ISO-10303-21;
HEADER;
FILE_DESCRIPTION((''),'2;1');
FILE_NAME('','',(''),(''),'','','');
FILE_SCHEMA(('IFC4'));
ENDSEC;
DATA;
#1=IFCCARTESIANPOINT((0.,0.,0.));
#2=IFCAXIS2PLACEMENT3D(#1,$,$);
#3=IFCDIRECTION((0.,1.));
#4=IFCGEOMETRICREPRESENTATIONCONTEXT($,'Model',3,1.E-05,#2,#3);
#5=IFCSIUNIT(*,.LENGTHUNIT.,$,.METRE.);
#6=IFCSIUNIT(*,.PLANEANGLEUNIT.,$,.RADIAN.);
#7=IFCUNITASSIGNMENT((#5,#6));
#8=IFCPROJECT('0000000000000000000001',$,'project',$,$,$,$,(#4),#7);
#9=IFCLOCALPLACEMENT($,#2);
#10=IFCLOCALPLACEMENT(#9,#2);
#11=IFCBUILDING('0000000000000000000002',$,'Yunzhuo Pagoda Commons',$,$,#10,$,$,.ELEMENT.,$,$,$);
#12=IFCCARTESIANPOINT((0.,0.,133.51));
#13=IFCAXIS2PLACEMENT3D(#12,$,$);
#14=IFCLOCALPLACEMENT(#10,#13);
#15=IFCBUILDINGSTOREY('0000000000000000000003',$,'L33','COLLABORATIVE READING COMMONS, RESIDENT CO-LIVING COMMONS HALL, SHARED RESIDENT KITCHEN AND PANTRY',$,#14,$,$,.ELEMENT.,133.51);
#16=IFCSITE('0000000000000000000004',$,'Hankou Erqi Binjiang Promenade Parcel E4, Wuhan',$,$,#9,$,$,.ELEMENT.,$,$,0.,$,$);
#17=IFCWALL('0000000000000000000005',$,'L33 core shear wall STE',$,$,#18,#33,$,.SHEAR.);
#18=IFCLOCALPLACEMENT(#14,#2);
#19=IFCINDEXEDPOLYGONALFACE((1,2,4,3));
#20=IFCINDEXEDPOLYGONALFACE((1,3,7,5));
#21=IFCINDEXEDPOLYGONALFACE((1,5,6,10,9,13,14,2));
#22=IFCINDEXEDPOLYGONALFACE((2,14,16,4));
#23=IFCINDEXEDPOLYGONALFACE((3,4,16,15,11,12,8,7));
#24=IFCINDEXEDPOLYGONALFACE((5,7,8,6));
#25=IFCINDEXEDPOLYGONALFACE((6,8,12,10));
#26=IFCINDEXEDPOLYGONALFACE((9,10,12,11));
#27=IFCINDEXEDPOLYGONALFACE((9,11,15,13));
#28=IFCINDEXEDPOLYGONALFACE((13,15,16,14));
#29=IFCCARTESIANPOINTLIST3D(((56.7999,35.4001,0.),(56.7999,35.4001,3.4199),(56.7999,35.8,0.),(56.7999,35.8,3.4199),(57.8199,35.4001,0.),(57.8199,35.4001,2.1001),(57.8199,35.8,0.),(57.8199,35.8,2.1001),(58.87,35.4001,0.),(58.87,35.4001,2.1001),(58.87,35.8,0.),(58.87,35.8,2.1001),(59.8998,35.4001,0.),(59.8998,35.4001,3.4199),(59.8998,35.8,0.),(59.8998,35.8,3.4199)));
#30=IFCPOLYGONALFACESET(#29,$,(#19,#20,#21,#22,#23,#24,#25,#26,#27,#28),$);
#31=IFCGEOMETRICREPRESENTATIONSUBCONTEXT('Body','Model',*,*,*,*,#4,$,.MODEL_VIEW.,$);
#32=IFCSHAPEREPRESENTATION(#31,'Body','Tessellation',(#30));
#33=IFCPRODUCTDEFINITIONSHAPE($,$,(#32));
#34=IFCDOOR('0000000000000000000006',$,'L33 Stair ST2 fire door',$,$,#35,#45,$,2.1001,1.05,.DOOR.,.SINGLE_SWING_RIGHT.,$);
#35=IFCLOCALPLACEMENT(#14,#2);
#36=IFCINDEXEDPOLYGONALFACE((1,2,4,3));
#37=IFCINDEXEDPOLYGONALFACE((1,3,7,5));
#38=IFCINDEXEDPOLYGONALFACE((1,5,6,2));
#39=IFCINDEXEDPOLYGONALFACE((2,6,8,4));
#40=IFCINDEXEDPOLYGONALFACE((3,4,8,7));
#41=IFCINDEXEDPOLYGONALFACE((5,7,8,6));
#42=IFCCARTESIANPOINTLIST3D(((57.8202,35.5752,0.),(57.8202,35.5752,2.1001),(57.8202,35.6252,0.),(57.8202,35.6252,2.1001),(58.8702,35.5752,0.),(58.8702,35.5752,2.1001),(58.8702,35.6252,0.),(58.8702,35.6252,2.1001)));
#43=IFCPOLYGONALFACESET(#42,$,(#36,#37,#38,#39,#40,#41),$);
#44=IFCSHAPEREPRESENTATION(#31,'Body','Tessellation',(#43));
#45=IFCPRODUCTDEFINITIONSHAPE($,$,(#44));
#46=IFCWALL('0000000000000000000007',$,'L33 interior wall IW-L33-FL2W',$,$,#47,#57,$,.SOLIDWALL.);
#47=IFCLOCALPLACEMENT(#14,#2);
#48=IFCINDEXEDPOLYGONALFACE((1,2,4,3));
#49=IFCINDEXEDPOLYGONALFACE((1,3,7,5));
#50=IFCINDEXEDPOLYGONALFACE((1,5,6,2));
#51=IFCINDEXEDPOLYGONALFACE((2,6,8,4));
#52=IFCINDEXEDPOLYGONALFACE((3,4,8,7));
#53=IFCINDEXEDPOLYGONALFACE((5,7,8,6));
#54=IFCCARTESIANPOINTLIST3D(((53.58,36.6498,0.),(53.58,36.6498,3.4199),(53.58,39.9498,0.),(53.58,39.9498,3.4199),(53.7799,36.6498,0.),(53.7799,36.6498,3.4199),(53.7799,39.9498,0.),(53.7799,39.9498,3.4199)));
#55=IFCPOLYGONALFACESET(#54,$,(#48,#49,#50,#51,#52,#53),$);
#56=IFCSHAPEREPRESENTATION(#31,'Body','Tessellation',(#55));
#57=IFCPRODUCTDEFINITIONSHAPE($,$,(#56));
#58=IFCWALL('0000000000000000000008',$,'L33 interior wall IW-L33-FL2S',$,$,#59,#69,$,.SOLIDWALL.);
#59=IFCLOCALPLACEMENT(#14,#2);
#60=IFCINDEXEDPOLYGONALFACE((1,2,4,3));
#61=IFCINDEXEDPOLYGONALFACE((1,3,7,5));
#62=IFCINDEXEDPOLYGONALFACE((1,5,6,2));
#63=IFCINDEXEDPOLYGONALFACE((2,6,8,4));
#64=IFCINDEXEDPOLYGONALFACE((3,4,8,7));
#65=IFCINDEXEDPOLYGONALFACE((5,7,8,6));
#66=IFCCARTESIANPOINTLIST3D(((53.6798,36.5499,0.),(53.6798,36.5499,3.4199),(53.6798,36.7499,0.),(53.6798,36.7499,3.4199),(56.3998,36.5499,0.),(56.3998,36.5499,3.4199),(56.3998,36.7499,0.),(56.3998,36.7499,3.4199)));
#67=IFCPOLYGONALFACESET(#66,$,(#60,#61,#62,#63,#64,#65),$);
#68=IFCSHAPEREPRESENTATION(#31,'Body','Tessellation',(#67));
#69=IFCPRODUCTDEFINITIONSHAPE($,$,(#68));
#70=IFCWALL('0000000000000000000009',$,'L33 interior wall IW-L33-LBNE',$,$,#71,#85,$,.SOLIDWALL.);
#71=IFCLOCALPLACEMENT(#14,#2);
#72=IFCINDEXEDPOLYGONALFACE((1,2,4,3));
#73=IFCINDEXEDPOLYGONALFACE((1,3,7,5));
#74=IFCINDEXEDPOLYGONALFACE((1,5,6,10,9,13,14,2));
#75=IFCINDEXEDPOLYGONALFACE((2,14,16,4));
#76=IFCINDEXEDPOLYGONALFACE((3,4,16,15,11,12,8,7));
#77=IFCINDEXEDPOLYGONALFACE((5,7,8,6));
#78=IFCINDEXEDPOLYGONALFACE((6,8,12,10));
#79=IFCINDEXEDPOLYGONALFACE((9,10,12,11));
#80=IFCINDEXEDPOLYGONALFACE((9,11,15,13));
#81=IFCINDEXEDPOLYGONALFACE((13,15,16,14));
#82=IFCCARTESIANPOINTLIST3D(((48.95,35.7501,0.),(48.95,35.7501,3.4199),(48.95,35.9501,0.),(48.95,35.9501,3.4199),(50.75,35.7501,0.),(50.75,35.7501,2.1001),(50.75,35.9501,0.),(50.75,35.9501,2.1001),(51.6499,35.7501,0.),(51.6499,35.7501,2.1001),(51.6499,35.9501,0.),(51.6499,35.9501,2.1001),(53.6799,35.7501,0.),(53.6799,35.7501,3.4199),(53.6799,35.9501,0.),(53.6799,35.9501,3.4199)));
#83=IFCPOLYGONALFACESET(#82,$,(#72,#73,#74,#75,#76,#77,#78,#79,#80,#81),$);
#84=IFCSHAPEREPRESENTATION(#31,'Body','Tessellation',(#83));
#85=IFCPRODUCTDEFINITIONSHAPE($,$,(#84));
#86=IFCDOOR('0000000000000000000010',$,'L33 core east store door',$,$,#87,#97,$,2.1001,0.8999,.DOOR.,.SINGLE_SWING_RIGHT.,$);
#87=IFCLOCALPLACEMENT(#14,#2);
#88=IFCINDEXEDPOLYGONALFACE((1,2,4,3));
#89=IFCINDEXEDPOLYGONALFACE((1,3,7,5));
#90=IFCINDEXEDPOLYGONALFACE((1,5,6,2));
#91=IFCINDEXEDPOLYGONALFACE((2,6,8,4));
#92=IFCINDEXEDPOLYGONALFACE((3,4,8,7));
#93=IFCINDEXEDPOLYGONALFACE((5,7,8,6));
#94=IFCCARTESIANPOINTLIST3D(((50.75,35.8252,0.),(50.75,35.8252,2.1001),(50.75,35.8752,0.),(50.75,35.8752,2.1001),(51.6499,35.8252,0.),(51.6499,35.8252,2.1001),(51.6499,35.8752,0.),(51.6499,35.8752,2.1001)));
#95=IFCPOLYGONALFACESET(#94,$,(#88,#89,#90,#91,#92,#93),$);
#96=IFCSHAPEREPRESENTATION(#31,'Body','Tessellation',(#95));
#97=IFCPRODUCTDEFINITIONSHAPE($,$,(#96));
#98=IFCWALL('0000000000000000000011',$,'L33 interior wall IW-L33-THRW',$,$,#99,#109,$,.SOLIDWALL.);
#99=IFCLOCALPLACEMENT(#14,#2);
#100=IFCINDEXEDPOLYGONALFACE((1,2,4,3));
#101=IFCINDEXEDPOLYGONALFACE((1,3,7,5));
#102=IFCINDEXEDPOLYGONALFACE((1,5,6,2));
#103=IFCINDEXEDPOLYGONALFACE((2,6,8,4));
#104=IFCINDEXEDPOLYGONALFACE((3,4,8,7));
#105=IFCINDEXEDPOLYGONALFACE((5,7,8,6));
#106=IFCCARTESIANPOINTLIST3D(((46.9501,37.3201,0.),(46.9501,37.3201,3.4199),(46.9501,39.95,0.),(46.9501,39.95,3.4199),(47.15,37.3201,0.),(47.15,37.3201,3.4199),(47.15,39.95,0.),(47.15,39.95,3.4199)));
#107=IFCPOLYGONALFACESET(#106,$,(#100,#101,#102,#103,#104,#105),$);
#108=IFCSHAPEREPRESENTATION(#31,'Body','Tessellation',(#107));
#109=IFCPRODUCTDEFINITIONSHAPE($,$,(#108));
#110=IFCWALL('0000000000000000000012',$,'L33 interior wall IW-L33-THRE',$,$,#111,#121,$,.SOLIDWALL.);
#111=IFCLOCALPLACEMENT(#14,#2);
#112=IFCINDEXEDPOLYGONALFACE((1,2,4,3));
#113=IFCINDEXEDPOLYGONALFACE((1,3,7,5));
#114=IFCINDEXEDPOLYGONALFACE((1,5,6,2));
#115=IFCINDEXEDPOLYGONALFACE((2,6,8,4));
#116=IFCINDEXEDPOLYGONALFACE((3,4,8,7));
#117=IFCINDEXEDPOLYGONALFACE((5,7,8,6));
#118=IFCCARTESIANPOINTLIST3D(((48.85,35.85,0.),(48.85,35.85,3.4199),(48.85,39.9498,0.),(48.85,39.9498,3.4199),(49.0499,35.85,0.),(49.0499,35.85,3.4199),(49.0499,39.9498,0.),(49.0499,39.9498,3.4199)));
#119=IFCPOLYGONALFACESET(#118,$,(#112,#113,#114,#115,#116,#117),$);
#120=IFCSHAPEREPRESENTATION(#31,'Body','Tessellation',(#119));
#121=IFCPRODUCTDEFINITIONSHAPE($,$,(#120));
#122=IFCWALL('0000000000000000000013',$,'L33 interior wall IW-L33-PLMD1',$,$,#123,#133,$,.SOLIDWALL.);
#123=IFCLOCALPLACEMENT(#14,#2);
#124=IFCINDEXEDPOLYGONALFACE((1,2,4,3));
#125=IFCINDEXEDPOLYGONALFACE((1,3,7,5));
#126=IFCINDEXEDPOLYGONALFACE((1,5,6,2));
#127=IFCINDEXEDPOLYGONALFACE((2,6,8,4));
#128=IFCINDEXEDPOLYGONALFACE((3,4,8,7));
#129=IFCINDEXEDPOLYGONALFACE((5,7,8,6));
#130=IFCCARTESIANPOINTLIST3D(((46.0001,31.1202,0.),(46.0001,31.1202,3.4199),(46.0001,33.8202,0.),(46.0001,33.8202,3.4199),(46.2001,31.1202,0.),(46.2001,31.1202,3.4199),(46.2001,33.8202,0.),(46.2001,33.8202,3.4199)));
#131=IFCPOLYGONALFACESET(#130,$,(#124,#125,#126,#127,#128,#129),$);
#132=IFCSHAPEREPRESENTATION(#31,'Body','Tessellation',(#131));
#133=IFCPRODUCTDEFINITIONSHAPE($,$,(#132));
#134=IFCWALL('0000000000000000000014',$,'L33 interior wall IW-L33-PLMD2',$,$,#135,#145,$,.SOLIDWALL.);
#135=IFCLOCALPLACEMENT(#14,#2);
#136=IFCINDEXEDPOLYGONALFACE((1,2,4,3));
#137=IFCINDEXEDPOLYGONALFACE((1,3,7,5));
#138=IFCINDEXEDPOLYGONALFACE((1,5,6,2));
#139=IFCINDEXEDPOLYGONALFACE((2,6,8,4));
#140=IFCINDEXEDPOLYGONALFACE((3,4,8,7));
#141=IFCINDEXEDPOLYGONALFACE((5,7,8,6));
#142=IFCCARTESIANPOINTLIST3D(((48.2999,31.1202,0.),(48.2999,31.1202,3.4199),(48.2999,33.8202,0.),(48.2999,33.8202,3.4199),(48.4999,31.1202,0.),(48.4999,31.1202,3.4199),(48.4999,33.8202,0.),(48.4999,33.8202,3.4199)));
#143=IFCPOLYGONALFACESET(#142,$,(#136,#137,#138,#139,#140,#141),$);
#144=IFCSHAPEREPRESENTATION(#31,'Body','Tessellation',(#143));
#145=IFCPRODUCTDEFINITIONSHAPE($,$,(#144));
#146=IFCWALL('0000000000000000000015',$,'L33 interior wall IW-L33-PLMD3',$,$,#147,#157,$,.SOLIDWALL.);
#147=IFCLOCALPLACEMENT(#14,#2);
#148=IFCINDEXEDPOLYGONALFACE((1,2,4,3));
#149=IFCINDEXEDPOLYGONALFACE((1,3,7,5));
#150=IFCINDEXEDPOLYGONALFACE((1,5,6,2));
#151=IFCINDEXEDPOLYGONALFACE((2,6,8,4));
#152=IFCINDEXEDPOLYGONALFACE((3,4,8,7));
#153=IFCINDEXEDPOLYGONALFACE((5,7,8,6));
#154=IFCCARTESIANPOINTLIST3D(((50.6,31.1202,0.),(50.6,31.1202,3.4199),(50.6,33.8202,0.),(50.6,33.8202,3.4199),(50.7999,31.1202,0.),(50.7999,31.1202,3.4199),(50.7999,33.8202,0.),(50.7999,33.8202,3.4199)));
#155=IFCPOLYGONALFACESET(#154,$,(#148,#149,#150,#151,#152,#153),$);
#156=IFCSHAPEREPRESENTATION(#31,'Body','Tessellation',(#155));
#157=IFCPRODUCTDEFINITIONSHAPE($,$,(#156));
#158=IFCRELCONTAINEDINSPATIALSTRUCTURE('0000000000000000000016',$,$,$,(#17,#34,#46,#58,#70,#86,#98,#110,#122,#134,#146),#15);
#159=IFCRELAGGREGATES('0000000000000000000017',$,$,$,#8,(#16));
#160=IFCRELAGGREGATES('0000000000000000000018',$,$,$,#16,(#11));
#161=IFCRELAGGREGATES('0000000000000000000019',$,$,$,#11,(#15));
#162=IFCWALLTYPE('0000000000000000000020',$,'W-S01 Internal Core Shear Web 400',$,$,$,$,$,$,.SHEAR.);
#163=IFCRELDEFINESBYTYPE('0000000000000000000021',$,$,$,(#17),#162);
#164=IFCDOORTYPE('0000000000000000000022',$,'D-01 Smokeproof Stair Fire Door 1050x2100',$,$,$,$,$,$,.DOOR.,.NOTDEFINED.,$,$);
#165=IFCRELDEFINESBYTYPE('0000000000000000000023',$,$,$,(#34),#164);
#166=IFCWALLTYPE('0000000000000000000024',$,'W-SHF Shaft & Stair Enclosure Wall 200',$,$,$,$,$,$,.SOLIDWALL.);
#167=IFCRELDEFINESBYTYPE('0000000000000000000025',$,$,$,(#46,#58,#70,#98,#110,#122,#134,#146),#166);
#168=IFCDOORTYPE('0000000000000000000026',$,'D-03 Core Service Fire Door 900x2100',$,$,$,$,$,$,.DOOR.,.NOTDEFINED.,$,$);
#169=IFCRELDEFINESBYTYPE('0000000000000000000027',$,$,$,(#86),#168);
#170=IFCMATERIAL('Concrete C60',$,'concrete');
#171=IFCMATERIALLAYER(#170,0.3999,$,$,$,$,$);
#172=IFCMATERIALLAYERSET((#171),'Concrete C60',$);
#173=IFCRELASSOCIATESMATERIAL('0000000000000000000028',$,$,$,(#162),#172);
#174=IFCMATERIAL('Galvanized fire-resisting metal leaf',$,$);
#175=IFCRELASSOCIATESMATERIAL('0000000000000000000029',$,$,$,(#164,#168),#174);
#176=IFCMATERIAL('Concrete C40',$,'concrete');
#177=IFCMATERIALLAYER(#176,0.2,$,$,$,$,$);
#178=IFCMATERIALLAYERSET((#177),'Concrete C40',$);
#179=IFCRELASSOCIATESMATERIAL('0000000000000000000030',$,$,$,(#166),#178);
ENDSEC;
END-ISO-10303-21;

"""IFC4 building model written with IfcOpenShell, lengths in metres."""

from ifc_helpers import new_model, si_unit, direction, frame, frame_2d, origin, place, context, subcontext, project, spatial, rectangle, extrude, source, transform, mapped, material, layer, layer_set, type_object, element, fill, save


model = new_model("IFC4")

# Units and contexts
model_context = context("Model", 3, precision=1e-05, world=origin(), true_north=direction((0.0, 1.0)))
body_context = subcontext(model_context, "Body", "Model", "MODEL_VIEW")
ifc_project = project(units=[si_unit("LENGTHUNIT", "METRE"), si_unit("PLANEANGLEUNIT", "RADIAN")], contexts=[model_context])

# Site, building, storey
site_placement = place(None, origin())
site = spatial("IfcSite", under=ifc_project, at=site_placement, Name="Hankou Erqi Binjiang Promenade Parcel E4, Wuhan", CompositionType="ELEMENT", RefElevation=0.0)
building_placement = place(site_placement, origin())
building = spatial("IfcBuilding", under=site, at=building_placement, Name="Yunzhuo Pagoda Commons", CompositionType="ELEMENT")
storey_placement = place(building_placement, frame((0.0, 0.0, 133.51)))
storey = spatial("IfcBuildingStorey", under=building, at=storey_placement, Name="L33", Description="COLLABORATIVE READING COMMONS, RESIDENT CO-LIVING COMMONS HALL, SHARED RESIDENT KITCHEN AND PANTRY", CompositionType="ELEMENT", Elevation=133.51)

# Shared definitions
ifc_material_1 = material(Name="Concrete C60", Category="concrete")
ifc_material_2 = material(Name="Galvanized fire-resisting metal leaf")
shared_shape_1 = source(origin(), body_context, "Body", "SweptSolid", [
    extrude(rectangle(XDim=1.05, YDim=2.1001, at=frame_2d((0.5249, 1.05))), frame((0.0, 0.0249, 0.0), z_axis=(0.0, -1.0, 0.0), x_axis=(1.0, 0.0, 0.0)), (0.0, 0.0, 1.0), 0.05),
])

# Wall, opening, door
ifc_layer_1 = layer(ifc_material_1, 0.3999)
ifc_layer_set_1 = layer_set([ifc_layer_1], Name="Concrete C60")
wall_type_1 = type_object("IfcWallType", Name="W-S01 Internal Core Shear Web 400", PredefinedType="SHEAR", material=ifc_layer_set_1)
wall_1_placement = place(storey_placement, frame((56.8, 35.6001, 0.0), z_axis=(0.0, 0.0, 1.0), x_axis=(1.0, 0.0, 0.0)))
wall_1 = element("IfcWall", 1, at=wall_1_placement, inside=storey, type_object=wall_type_1, Name="L33 core shear wall STE", PredefinedType="SHEAR", context=body_context, shape_type="SweptSolid", body=[
    extrude(rectangle(XDim=3.0999, YDim=0.3999, at=frame_2d((1.5498, 0.0))), origin(), (0.0, 0.0, 1.0), 3.4199),
])
opening_1_placement = place(wall_1_placement, frame((1.02, 0.0, 0.0)))
opening_1 = element("IfcOpeningElement", 2, at=opening_1_placement, cuts=wall_1, PredefinedType="OPENING", context=body_context, shape_type="SweptSolid", body=[
    extrude(rectangle(XDim=1.05, YDim=2.1001, at=frame_2d((0.5249, 1.05))), frame((0.0, 0.21, 0.0), z_axis=(0.0, -1.0, 0.0), x_axis=(1.0, 0.0, 0.0)), (0.0, 0.0, 1.0), 0.4199),
])
door_type_1 = type_object("IfcDoorType", Name="D-01 Smokeproof Stair Fire Door 1050x2100", OperationType="NOTDEFINED", PredefinedType="DOOR", material=ifc_material_2)
door_1_placement = place(opening_1_placement, frame((1.05, 0.0, 0.0), z_axis=(0.0, 0.0, 1.0), x_axis=(-1.0, 0.0, 0.0)))
door_1 = element("IfcDoor", 3, at=door_1_placement, inside=storey, type_object=door_type_1, Name="L33 Stair ST2 fire door", OperationType="SINGLE_SWING_RIGHT", OverallHeight=2.1001, OverallWidth=1.05, PredefinedType="DOOR", context=body_context, shape_type="MappedRepresentation", body=[
    mapped(shared_shape_1, transform((0.0, 0.0, 0.0), scale=1.0)),
])
fill(opening_1, door_1)

# Walls
ifc_material_3 = material(Name="Concrete C40", Category="concrete")
ifc_layer_2 = layer(ifc_material_3, 0.2)
ifc_layer_set_2 = layer_set([ifc_layer_2], Name="Concrete C40")
wall_type_2 = type_object("IfcWallType", Name="W-SHF Shaft & Stair Enclosure Wall 200", PredefinedType="SOLIDWALL", material=ifc_layer_set_2)
wall_2_placement = place(storey_placement, frame((53.6799, 36.6499, 0.0), z_axis=(0.0, 0.0, 1.0), x_axis=(0.0, 1.0, 0.0)))
element("IfcWall", 4, at=wall_2_placement, inside=storey, type_object=wall_type_2, Name="L33 interior wall IW-L33-FL2W", PredefinedType="SOLIDWALL", context=body_context, shape_type="SweptSolid", body=[
    extrude(rectangle(XDim=3.3, YDim=0.2, at=frame_2d((1.6499, 0.0))), origin(), (0.0, 0.0, 1.0), 3.4199),
])
wall_3_placement = place(storey_placement, frame((53.6799, 36.6499, 0.0), z_axis=(0.0, 0.0, 1.0), x_axis=(1.0, 0.0, 0.0)))
element("IfcWall", 5, at=wall_3_placement, inside=storey, type_object=wall_type_2, Name="L33 interior wall IW-L33-FL2S", PredefinedType="SOLIDWALL", context=body_context, shape_type="SweptSolid", body=[
    extrude(rectangle(XDim=2.72, YDim=0.2, at=frame_2d((1.3599, 0.0))), origin(), (0.0, 0.0, 1.0), 3.4199),
])

# Wall, opening, door
wall_4_placement = place(storey_placement, frame((48.95, 35.8501, 0.0), z_axis=(0.0, 0.0, 1.0), x_axis=(1.0, 0.0, 0.0)))
wall_4 = element("IfcWall", 6, at=wall_4_placement, inside=storey, type_object=wall_type_2, Name="L33 interior wall IW-L33-LBNE", PredefinedType="SOLIDWALL", context=body_context, shape_type="SweptSolid", body=[
    extrude(rectangle(XDim=4.73, YDim=0.2, at=frame_2d((2.365, 0.0))), origin(), (0.0, 0.0, 1.0), 3.4199),
])
opening_2_placement = place(wall_4_placement, frame((1.8, 0.0, 0.0)))
opening_2 = element("IfcOpeningElement", 7, at=opening_2_placement, cuts=wall_4, PredefinedType="OPENING", context=body_context, shape_type="SweptSolid", body=[
    extrude(rectangle(XDim=0.8999, YDim=2.1001, at=frame_2d((0.45, 1.05))), frame((0.0, 0.1099, 0.0), z_axis=(0.0, -1.0, 0.0), x_axis=(1.0, 0.0, 0.0)), (0.0, 0.0, 1.0), 0.22),
])
door_type_2 = type_object("IfcDoorType", Name="D-03 Core Service Fire Door 900x2100", OperationType="NOTDEFINED", PredefinedType="DOOR", material=ifc_material_2)
shared_shape_2 = source(origin(), body_context, "Body", "SweptSolid", [
    extrude(rectangle(XDim=0.8999, YDim=2.1001, at=frame_2d((0.45, 1.05))), frame((0.0, 0.0249, 0.0), z_axis=(0.0, -1.0, 0.0), x_axis=(1.0, 0.0, 0.0)), (0.0, 0.0, 1.0), 0.05),
])
door_2_placement = place(opening_2_placement, frame((0.8999, 0.0, 0.0), z_axis=(0.0, 0.0, 1.0), x_axis=(-1.0, 0.0, 0.0)))
door_2 = element("IfcDoor", 8, at=door_2_placement, inside=storey, type_object=door_type_2, Name="L33 core east store door", OperationType="SINGLE_SWING_RIGHT", OverallHeight=2.1001, OverallWidth=0.8999, PredefinedType="DOOR", context=body_context, shape_type="MappedRepresentation", body=[
    mapped(shared_shape_2, transform((0.0, 0.0, 0.0), scale=1.0)),
])
fill(opening_2, door_2)

# Walls
wall_5_placement = place(storey_placement, frame((47.05, 37.3201, 0.0), z_axis=(0.0, 0.0, 1.0), x_axis=(0.0, 1.0, 0.0)))
element("IfcWall", 9, at=wall_5_placement, inside=storey, type_object=wall_type_2, Name="L33 interior wall IW-L33-THRW", PredefinedType="SOLIDWALL", context=body_context, shape_type="SweptSolid", body=[
    extrude(rectangle(XDim=2.6299, YDim=0.2, at=frame_2d((1.3149, 0.0))), origin(), (0.0, 0.0, 1.0), 3.4199),
])
wall_6_placement = place(storey_placement, frame((48.95, 35.8501, 0.0), z_axis=(0.0, 0.0, 1.0), x_axis=(0.0, 1.0, 0.0)))
element("IfcWall", 10, at=wall_6_placement, inside=storey, type_object=wall_type_2, Name="L33 interior wall IW-L33-THRE", PredefinedType="SOLIDWALL", context=body_context, shape_type="SweptSolid", body=[
    extrude(rectangle(XDim=4.0999, YDim=0.2, at=frame_2d((2.0498, 0.0))), origin(), (0.0, 0.0, 1.0), 3.4199),
])
for number, where, z_axis, x_axis, name in (
    (11, (46.1001, 31.1201, 0.0), (0.0, 0.0, 1.0), (0.0, 1.0, 0.0), "L33 interior wall IW-L33-PLMD1"),
    (12, (48.3999, 31.1201, 0.0), (0.0, 0.0, 1.0), (0.0, 1.0, 0.0), "L33 interior wall IW-L33-PLMD2"),
    (13, (50.7, 31.1201, 0.0), (0.0, 0.0, 1.0), (0.0, 1.0, 0.0), "L33 interior wall IW-L33-PLMD3"),
):
    element("IfcWall", number, at=place(storey_placement, frame(where, z_axis=z_axis, x_axis=x_axis)), inside=storey, type_object=wall_type_2, Name=name, PredefinedType="SOLIDWALL", context=body_context, shape_type="SweptSolid", body=[
        extrude(rectangle(XDim=2.7, YDim=0.2, at=frame_2d((1.3501, 0.0))), origin(), (0.0, 0.0, 1.0), 3.4199),
    ])

save(model, "model.ifc")
